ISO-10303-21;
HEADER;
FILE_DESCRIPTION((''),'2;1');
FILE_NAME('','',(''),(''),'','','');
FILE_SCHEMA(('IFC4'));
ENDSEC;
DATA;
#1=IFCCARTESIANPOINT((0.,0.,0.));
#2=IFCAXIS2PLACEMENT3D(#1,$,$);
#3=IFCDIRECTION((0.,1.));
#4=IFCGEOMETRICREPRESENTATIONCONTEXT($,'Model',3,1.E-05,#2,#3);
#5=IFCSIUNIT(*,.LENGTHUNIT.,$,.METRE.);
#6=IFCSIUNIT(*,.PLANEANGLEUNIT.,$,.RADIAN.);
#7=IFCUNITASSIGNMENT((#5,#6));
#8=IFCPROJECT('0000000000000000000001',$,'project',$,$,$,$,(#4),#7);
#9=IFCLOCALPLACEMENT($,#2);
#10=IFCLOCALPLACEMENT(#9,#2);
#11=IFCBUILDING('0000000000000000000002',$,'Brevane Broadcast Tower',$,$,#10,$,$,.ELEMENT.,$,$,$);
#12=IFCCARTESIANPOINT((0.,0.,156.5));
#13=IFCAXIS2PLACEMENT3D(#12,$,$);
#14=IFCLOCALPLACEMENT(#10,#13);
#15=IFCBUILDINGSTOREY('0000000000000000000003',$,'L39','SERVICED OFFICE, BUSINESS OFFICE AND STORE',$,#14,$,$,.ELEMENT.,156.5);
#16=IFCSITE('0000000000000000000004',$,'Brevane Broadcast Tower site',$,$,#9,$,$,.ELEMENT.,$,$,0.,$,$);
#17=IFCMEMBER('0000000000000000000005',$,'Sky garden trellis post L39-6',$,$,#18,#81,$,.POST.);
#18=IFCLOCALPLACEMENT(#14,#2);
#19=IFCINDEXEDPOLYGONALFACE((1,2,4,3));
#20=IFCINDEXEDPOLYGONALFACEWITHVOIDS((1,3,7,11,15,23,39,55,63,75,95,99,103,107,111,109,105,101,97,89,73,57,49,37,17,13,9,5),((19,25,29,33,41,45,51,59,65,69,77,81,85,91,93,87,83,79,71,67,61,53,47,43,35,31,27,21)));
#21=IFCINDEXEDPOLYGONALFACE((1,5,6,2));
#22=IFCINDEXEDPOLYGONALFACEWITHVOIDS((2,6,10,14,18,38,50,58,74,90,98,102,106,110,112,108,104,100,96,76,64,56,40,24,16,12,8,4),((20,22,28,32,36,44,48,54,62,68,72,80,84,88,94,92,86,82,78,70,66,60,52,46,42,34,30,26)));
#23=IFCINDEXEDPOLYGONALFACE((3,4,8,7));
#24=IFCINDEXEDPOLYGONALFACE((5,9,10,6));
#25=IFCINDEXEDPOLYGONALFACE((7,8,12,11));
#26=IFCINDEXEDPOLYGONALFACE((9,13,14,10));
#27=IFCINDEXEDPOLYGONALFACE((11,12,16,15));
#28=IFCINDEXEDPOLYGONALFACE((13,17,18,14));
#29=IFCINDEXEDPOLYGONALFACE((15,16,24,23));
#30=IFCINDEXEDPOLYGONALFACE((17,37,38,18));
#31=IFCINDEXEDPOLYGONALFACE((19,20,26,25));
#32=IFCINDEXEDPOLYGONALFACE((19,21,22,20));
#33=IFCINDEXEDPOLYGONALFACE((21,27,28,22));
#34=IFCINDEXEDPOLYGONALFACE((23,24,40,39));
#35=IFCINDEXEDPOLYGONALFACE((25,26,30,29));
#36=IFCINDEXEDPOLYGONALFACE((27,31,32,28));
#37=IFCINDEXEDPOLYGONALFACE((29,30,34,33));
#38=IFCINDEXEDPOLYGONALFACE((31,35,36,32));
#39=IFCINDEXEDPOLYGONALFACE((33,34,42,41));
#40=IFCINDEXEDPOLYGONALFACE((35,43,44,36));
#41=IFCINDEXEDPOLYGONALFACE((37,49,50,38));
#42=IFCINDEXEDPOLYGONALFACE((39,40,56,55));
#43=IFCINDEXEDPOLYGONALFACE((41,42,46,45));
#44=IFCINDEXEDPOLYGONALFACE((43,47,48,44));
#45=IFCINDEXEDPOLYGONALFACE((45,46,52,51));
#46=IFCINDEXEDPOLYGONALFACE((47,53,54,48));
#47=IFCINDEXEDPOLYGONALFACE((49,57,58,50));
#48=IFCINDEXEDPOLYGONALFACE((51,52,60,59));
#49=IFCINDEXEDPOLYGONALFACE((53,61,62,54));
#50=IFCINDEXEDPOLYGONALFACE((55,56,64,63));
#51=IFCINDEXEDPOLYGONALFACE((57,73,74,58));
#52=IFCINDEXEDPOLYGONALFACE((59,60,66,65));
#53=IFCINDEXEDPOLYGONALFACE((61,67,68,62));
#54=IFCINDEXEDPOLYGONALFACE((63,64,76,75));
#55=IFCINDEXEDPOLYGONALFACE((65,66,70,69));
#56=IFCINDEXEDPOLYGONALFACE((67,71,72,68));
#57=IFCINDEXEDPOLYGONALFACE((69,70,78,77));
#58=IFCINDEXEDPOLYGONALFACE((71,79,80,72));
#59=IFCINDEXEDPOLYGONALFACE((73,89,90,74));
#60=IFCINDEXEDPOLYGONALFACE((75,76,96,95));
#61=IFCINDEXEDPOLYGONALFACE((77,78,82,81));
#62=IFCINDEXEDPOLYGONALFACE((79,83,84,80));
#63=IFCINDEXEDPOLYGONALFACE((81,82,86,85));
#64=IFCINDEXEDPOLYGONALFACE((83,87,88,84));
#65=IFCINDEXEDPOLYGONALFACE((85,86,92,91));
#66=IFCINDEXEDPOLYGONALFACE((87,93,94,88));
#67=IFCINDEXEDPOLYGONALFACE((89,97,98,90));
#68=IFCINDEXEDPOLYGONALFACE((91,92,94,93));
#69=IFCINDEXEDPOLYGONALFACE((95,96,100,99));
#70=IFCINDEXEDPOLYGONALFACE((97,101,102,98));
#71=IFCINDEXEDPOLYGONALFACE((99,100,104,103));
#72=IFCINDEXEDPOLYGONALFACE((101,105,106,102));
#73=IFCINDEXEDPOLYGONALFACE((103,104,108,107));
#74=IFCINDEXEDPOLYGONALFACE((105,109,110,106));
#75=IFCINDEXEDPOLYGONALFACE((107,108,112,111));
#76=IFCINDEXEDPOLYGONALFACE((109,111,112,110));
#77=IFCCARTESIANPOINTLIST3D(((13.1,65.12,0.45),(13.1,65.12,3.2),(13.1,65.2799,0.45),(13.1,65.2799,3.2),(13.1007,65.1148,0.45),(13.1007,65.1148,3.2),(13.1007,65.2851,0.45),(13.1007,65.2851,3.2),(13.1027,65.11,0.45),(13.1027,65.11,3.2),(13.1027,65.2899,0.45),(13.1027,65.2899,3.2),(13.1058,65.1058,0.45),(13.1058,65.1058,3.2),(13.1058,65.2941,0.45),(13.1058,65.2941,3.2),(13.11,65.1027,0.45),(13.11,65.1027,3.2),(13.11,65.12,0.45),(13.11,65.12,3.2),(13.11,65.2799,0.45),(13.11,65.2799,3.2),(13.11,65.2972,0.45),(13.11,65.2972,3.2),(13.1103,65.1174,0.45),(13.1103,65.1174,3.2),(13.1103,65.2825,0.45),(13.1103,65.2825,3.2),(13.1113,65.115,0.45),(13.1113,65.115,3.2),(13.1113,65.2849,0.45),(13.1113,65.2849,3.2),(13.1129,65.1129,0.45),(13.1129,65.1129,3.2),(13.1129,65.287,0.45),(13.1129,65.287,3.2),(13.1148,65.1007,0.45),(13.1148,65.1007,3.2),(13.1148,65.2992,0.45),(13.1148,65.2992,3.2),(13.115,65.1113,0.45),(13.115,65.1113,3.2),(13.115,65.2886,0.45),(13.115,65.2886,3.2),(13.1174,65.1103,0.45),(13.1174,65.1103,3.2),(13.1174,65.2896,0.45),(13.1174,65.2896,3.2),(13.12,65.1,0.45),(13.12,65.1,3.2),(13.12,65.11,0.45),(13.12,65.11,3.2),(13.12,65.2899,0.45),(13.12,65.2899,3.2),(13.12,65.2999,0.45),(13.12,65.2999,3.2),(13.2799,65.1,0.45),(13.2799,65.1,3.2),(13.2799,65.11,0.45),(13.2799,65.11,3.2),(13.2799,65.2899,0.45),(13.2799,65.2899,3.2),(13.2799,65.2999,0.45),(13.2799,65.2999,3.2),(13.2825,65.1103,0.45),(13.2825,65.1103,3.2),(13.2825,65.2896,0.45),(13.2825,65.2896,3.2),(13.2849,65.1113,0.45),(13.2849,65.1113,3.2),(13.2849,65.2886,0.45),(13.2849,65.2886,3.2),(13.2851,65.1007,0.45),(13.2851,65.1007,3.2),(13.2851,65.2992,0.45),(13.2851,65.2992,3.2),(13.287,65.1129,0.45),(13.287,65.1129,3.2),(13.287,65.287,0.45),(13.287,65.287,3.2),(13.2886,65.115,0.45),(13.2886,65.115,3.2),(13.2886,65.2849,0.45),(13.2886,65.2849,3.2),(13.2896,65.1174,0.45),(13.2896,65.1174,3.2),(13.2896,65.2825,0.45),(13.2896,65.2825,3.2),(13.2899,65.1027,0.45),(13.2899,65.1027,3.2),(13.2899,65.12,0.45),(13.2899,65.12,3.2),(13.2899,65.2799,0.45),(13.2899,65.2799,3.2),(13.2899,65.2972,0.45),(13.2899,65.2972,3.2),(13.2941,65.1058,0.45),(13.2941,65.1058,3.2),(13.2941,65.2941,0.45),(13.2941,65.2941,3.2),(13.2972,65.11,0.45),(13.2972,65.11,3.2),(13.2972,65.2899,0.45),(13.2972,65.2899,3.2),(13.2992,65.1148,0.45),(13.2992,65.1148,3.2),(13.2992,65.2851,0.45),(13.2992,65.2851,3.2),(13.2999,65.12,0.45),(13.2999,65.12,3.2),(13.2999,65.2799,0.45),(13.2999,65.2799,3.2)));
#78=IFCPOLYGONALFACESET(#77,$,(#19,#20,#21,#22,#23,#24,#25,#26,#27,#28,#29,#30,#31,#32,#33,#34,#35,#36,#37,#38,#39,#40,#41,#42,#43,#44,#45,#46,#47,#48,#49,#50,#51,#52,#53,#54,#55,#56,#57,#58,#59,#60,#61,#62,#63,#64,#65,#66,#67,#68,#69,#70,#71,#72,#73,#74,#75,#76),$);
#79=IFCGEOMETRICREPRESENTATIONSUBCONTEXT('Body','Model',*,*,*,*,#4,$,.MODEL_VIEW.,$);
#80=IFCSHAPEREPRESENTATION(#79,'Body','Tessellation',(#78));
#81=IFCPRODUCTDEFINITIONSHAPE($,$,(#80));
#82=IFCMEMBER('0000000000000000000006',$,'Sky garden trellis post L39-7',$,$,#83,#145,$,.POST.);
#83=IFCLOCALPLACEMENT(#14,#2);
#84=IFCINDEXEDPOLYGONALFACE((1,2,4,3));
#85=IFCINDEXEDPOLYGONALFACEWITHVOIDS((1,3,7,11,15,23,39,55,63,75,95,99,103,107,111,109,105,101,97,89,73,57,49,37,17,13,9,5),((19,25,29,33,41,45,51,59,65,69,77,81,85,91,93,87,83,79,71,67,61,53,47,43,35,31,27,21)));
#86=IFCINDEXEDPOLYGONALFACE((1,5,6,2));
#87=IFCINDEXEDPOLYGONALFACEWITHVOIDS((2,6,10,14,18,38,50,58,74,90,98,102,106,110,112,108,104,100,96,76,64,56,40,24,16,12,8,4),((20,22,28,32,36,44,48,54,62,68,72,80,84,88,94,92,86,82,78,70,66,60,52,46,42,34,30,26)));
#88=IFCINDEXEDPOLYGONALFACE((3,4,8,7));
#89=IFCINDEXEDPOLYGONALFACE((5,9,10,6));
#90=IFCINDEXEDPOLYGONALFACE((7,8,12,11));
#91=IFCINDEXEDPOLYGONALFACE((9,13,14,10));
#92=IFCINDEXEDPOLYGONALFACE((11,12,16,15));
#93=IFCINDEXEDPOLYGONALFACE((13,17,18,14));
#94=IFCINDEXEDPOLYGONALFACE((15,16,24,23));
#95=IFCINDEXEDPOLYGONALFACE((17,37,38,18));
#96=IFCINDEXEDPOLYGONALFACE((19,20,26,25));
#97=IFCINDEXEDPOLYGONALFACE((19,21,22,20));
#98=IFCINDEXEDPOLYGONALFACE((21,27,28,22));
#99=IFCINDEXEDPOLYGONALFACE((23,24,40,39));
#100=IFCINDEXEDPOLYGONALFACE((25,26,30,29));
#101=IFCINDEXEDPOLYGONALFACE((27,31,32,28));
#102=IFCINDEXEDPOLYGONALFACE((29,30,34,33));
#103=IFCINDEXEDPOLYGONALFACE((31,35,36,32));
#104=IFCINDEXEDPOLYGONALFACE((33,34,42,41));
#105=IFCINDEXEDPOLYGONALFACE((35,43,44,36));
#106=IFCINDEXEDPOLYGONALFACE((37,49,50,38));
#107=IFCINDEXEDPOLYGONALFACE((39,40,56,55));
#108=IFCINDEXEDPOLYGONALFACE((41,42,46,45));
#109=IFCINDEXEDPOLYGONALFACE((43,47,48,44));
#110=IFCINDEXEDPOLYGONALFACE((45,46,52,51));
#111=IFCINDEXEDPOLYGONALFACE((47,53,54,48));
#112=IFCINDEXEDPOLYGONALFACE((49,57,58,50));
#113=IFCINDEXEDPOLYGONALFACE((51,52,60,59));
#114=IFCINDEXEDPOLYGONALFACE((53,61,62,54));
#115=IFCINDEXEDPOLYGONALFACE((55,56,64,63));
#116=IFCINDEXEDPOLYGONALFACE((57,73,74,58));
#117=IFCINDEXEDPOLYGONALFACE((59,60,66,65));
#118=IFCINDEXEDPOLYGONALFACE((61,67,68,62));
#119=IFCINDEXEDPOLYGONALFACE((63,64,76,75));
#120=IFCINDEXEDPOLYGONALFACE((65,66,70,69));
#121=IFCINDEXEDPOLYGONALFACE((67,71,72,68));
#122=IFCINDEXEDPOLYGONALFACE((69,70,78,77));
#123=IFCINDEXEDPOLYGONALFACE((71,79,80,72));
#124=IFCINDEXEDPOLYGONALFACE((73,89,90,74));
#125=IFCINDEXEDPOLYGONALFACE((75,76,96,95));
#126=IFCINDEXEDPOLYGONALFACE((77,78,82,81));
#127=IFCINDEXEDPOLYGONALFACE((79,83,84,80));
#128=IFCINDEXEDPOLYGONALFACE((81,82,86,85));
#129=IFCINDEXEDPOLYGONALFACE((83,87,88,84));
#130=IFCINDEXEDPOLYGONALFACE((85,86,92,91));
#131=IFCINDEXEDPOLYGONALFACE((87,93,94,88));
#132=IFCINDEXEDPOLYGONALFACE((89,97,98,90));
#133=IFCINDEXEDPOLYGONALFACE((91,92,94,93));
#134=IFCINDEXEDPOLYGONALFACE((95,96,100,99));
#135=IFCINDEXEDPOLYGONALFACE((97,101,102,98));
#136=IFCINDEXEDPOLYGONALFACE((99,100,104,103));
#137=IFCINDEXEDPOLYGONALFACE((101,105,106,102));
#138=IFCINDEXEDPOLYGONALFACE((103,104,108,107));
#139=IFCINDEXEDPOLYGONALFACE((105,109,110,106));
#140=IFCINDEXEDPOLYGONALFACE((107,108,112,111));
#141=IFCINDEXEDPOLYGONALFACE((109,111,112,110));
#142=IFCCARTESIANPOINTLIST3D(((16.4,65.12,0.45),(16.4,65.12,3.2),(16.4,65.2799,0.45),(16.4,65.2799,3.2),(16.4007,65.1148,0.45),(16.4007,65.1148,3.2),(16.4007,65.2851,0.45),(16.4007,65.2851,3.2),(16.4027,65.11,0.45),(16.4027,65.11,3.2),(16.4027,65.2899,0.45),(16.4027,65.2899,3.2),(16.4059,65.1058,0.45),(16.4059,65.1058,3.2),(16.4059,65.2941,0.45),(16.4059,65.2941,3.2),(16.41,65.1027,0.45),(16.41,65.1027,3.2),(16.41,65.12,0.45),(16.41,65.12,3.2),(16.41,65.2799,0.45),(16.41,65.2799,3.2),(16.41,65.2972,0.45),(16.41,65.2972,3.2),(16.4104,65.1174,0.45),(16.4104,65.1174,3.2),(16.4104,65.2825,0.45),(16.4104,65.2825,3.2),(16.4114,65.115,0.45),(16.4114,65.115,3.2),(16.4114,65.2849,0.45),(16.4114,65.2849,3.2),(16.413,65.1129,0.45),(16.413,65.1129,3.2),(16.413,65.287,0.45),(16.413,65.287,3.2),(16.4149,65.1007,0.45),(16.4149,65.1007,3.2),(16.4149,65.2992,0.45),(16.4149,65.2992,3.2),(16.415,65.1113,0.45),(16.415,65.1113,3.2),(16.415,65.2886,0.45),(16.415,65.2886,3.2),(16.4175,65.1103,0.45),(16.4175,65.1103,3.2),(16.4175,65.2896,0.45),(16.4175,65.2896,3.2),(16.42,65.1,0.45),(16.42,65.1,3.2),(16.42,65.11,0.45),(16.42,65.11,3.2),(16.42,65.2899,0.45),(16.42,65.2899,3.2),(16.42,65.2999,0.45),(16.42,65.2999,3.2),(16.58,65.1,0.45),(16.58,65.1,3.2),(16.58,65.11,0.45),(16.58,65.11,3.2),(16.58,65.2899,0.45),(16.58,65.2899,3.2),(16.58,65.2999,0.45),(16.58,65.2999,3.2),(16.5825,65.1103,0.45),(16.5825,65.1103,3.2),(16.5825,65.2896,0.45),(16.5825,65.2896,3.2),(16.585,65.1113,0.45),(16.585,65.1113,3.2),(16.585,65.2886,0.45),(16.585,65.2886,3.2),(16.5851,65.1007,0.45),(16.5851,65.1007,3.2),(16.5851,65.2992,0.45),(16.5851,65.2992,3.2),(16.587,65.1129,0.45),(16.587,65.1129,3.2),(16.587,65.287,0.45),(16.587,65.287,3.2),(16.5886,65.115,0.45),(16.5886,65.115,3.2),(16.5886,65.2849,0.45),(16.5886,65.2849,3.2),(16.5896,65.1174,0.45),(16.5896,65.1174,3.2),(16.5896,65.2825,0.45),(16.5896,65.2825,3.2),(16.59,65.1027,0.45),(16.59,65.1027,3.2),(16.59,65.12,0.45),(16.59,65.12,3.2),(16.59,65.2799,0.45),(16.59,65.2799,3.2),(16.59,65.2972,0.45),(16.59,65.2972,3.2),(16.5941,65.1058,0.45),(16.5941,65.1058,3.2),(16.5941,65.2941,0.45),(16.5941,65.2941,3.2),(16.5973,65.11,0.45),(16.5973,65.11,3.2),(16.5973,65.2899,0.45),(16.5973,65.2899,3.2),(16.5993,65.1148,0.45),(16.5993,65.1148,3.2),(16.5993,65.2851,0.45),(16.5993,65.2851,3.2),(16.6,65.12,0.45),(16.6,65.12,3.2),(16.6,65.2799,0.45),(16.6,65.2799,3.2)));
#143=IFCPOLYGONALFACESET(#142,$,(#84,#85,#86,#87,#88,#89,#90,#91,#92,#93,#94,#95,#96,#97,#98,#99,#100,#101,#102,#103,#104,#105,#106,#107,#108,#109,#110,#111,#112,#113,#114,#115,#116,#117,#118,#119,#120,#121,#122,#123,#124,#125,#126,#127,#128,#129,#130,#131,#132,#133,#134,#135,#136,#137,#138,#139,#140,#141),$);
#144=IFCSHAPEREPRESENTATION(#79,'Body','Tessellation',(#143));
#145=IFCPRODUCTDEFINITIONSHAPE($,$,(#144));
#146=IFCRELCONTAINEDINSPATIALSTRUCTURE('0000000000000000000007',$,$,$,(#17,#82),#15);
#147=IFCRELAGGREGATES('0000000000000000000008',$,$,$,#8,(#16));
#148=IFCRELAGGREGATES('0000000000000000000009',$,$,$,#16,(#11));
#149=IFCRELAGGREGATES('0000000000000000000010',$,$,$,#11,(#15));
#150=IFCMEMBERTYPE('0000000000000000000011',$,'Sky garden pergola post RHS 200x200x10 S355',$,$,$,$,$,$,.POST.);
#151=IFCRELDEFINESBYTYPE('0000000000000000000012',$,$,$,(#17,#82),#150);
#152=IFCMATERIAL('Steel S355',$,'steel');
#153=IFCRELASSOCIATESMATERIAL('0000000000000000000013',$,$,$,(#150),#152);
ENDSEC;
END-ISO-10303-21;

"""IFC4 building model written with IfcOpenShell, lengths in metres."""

from ifc_helpers import new_model, si_unit, direction, frame, origin, origin_2d, place, context, subcontext, project, spatial, hollow_rectangle, extrude, material, material_profile, profile_set, type_object, element, save


model = new_model("IFC4")

# Units and contexts
model_context = context("Model", 3, precision=1e-05, world=origin(), true_north=direction((0.0, 1.0)))
body_context = subcontext(model_context, "Body", "Model", "MODEL_VIEW")
ifc_project = project(units=[si_unit("LENGTHUNIT", "METRE"), si_unit("PLANEANGLEUNIT", "RADIAN")], contexts=[model_context])

# Site, building, storey
site_placement = place(None, origin())
site = spatial("IfcSite", under=ifc_project, at=site_placement, Name="Brevane Broadcast Tower site", CompositionType="ELEMENT", RefElevation=0.0)
building_placement = place(site_placement, origin())
building = spatial("IfcBuilding", under=site, at=building_placement, Name="Brevane Broadcast Tower", CompositionType="ELEMENT")
storey_placement = place(building_placement, frame((0.0, 0.0, 156.5)))
storey = spatial("IfcBuildingStorey", under=building, at=storey_placement, Name="L39", Description="SERVICED OFFICE, BUSINESS OFFICE AND STORE", CompositionType="ELEMENT", Elevation=156.5)

# Members
ifc_material_1 = material(Name="Steel S355", Category="steel")
ifc_material_profile_1 = material_profile(ifc_material_1, hollow_rectangle(XDim=0.2, YDim=0.2, WallThickness=0.01, InnerFilletRadius=0.01, OuterFilletRadius=0.02, at=origin_2d()), Name="RHS 200x200x10")
ifc_profile_set_1 = profile_set([ifc_material_profile_1], Name="Steel S355")
member_type_1 = type_object("IfcMemberType", Name="Sky garden pergola post RHS 200x200x10 S355", PredefinedType="POST", material=ifc_profile_set_1)
for number, where, z_axis, x_axis, name in (
    (1, (13.2, 65.2, 0.45), (0.0, 0.0, 1.0), (1.0, 0.0, 0.0), "Sky garden trellis post L39-6"),
    (2, (16.5, 65.2, 0.45), (0.0, 0.0, 1.0), (1.0, 0.0, 0.0), "Sky garden trellis post L39-7"),
):
    element("IfcMember", number, at=place(storey_placement, frame(where, z_axis=z_axis, x_axis=x_axis)), inside=storey, type_object=member_type_1, Name=name, PredefinedType="POST", context=body_context, shape_type="SweptSolid", body=[
        extrude(hollow_rectangle(XDim=0.2, YDim=0.2, WallThickness=0.01, InnerFilletRadius=0.01, OuterFilletRadius=0.02, at=origin_2d()), origin(), (0.0, 0.0, 1.0), 2.75),
    ])

save(model, "model.ifc")
